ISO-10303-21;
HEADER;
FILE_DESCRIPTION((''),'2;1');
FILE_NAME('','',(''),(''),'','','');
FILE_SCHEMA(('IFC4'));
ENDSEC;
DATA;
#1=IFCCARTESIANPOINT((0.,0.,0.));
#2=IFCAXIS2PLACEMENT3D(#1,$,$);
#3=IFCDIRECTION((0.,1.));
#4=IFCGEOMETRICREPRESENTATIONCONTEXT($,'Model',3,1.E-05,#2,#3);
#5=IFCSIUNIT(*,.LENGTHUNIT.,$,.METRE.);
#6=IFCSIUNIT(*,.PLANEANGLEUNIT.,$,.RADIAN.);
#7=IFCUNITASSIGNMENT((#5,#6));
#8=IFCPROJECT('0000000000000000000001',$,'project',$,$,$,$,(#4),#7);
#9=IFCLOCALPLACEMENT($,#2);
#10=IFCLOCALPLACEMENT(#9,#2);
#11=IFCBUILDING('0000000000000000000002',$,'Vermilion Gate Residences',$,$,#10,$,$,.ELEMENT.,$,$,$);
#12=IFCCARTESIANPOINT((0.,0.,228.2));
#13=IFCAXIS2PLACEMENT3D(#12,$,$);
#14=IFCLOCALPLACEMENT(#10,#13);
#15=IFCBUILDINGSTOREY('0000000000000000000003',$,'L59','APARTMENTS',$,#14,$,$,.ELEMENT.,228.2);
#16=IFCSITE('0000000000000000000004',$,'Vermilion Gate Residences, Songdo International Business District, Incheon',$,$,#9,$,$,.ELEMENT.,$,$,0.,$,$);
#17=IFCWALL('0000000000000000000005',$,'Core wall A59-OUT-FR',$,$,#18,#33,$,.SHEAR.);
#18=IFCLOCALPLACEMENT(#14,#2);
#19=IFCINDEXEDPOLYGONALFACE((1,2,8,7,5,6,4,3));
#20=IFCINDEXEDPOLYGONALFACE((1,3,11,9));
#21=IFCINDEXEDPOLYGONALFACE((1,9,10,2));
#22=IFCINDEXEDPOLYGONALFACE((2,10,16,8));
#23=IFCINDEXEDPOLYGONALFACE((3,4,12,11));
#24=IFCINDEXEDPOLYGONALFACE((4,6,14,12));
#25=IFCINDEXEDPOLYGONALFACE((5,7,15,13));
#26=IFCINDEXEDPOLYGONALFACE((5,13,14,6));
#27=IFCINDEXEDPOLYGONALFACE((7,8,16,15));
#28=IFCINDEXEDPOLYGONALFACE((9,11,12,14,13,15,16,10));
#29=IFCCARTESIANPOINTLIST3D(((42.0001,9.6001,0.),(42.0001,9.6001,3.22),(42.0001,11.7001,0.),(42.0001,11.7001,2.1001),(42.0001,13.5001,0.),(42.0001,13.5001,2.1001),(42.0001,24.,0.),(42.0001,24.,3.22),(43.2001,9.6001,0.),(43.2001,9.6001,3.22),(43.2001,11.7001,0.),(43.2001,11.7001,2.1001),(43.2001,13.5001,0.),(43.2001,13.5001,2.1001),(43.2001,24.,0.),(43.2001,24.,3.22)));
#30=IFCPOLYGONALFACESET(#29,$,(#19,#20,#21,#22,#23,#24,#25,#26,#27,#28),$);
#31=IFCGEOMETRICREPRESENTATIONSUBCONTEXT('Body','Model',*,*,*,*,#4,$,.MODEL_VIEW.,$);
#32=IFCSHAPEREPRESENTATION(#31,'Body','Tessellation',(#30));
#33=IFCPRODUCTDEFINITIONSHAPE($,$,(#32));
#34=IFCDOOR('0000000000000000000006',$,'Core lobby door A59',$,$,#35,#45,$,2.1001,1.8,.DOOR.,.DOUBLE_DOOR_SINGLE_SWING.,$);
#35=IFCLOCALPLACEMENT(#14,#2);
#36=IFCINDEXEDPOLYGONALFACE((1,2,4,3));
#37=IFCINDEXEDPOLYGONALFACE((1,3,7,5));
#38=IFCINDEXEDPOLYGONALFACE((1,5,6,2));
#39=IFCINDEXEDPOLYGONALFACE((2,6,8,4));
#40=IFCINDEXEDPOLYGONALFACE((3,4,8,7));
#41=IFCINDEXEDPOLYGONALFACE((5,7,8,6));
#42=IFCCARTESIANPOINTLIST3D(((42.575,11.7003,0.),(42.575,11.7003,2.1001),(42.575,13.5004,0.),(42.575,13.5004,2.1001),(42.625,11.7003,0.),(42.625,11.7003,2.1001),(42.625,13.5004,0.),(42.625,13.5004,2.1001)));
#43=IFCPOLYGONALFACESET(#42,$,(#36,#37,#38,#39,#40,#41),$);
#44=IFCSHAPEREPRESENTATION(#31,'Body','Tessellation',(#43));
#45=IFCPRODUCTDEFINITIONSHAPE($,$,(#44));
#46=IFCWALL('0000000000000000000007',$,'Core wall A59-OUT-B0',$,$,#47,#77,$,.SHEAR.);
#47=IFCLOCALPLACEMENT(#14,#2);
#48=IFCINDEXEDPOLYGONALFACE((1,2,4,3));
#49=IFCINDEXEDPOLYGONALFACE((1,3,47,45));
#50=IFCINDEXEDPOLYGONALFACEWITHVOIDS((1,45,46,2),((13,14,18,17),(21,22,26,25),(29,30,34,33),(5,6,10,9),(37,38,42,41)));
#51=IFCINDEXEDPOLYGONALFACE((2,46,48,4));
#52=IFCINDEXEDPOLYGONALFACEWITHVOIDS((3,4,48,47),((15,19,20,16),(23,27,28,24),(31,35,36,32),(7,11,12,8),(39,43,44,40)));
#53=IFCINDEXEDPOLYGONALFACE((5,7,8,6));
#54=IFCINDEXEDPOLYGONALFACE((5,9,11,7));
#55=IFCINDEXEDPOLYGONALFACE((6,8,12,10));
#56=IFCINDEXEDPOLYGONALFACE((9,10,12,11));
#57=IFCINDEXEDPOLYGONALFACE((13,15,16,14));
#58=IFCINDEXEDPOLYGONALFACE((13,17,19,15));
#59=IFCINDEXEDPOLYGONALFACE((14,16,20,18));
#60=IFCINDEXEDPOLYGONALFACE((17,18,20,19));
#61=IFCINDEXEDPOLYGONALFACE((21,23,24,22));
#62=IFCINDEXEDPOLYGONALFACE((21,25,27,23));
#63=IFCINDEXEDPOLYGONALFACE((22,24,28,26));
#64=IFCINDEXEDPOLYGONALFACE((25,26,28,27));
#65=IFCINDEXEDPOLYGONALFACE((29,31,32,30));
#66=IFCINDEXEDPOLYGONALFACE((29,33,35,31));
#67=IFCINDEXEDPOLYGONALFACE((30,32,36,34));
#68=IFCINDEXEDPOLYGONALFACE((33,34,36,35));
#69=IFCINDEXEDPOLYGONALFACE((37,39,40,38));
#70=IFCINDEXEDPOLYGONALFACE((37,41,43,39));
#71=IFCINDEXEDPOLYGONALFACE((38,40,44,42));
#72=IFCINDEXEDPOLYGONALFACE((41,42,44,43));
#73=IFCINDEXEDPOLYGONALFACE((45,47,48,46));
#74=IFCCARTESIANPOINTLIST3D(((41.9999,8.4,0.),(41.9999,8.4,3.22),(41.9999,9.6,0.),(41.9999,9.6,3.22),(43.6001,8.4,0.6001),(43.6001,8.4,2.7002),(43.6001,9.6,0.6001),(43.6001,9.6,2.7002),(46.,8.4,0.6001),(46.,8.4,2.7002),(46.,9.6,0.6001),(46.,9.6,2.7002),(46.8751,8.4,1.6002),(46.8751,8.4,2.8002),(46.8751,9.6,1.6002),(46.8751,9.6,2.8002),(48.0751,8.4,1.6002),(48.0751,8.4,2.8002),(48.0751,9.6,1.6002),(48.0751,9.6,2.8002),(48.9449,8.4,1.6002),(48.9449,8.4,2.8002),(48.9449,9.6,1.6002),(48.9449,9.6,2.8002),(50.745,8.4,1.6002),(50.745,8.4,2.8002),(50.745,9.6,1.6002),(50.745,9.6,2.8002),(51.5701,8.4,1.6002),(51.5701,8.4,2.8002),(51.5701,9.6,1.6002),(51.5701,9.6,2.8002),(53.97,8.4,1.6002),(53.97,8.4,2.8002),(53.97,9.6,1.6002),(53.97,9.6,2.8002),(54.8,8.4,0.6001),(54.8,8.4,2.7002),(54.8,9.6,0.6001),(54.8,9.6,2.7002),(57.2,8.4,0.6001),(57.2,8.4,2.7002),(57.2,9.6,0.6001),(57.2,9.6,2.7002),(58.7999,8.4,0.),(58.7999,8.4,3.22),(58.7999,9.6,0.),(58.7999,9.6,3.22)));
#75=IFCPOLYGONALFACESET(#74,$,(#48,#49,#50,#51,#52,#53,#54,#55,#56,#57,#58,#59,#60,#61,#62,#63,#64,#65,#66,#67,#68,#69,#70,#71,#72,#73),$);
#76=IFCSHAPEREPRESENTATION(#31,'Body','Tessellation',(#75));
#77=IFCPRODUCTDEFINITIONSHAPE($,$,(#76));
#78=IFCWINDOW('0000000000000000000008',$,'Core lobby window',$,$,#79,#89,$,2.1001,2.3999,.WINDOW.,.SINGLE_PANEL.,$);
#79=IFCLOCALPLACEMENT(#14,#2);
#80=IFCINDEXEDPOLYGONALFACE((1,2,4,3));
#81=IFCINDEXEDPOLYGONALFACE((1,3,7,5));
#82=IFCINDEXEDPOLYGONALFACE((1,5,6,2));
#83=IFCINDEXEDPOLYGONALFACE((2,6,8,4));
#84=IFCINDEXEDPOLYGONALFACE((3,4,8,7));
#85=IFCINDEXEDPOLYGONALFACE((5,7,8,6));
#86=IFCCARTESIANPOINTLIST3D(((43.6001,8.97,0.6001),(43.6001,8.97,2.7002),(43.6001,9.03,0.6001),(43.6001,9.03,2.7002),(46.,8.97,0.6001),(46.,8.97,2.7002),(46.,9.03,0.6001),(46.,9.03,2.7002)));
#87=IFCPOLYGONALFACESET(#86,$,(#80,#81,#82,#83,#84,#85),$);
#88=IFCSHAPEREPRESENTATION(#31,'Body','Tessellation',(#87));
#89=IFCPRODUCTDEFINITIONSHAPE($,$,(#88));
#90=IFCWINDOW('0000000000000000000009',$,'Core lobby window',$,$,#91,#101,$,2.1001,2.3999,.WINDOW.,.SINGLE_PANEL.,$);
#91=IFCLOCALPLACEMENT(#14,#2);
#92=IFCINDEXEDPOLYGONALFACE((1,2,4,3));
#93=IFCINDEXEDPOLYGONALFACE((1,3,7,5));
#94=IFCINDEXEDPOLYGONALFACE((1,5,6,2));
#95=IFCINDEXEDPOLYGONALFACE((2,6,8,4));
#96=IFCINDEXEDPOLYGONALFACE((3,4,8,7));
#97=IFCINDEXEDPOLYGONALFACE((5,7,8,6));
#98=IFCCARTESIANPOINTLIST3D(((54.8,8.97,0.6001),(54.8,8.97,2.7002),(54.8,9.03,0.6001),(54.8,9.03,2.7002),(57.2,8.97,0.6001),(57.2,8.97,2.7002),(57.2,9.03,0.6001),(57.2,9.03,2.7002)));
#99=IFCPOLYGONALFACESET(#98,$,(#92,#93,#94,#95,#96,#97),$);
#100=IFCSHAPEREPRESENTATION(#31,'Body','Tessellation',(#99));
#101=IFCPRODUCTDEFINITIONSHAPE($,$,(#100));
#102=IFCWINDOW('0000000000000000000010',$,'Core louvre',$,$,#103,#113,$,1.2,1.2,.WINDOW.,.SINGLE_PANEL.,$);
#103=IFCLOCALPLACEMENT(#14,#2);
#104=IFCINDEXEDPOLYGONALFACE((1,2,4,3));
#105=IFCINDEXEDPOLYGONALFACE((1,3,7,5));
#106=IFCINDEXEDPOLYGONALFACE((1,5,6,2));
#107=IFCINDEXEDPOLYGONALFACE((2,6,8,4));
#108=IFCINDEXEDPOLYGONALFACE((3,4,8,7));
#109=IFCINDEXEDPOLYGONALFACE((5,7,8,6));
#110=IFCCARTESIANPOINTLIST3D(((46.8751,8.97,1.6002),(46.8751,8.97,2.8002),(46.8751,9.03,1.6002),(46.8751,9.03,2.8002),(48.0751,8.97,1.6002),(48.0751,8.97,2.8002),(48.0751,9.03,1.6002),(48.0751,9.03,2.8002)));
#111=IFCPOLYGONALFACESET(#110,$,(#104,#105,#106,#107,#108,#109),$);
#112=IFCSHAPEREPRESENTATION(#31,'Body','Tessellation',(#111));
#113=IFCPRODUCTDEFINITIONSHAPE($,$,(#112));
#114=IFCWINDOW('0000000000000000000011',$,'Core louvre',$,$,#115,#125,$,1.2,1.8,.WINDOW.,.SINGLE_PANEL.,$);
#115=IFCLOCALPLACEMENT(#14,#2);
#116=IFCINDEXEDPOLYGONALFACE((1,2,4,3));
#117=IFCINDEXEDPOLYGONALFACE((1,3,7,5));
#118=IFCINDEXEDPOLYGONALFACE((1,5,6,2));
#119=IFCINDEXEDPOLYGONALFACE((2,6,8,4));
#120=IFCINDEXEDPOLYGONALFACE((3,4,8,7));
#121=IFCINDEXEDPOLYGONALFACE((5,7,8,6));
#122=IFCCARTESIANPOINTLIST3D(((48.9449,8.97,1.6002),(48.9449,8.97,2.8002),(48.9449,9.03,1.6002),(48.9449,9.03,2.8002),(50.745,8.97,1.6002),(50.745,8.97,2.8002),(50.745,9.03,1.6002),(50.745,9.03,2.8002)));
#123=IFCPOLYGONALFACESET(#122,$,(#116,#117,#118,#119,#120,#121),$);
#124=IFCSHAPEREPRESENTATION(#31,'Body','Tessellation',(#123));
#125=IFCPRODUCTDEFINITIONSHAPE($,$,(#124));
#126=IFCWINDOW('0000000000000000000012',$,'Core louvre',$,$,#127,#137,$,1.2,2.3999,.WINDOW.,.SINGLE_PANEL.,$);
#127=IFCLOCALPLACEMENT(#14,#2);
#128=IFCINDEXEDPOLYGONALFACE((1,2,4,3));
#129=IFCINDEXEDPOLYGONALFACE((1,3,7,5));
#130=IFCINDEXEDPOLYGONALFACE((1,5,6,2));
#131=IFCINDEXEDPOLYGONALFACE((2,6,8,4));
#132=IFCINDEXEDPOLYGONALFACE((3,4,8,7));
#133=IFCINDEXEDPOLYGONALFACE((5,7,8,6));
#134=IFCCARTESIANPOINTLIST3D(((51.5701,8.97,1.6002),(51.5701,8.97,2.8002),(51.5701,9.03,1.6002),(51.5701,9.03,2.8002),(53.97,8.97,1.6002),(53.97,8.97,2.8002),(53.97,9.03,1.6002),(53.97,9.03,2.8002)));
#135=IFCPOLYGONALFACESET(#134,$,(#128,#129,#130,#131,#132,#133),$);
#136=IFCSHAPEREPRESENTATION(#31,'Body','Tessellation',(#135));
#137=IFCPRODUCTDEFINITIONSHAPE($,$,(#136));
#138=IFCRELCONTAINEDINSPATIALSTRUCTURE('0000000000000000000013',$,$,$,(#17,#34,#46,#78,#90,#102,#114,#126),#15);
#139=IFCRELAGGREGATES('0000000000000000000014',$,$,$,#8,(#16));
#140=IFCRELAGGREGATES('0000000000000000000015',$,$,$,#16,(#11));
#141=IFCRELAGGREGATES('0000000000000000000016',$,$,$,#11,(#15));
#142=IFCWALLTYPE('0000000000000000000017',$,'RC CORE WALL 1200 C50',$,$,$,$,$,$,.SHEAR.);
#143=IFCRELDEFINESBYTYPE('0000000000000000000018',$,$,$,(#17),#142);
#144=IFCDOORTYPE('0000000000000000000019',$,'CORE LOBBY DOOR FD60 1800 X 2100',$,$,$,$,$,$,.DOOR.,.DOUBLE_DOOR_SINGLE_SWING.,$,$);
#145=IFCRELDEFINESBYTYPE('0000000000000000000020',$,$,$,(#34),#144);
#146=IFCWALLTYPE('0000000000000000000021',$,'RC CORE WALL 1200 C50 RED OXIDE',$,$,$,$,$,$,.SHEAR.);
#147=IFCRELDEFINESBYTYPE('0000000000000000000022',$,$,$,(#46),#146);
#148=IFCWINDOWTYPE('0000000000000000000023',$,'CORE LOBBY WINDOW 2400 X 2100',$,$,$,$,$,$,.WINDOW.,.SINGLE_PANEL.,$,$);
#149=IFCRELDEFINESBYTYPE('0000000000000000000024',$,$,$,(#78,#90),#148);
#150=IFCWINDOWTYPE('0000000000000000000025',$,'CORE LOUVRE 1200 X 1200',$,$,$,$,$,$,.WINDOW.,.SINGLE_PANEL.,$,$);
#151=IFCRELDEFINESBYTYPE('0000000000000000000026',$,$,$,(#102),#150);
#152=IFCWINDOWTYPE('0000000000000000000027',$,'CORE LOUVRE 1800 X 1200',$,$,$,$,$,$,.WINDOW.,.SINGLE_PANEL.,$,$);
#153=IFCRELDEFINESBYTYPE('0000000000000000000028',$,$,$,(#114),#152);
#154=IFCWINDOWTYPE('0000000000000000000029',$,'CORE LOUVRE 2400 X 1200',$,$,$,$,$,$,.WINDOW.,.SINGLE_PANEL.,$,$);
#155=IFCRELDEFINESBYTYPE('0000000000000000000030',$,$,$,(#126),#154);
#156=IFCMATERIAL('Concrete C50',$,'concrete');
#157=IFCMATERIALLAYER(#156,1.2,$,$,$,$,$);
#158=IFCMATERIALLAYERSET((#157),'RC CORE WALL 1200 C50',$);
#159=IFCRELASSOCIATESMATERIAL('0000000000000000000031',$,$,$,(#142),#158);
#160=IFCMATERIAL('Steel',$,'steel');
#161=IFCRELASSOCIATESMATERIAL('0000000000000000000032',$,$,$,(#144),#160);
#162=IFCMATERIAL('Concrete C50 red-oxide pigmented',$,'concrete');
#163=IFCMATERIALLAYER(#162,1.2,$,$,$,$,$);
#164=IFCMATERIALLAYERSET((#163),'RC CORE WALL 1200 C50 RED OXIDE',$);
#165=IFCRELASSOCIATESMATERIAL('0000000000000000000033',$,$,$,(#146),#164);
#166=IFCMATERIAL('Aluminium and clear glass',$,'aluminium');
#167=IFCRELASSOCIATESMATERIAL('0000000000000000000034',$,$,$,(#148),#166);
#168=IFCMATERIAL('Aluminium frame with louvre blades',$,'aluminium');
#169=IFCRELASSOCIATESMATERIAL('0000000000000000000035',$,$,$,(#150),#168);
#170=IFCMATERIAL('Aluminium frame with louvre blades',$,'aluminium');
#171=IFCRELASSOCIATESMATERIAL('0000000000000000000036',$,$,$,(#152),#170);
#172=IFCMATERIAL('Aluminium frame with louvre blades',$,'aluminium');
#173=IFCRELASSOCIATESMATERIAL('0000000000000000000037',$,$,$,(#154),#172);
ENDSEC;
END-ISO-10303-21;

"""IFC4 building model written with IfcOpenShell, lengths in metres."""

from ifc_helpers import new_model, si_unit, direction, frame, frame_2d, origin, place, context, subcontext, project, spatial, rectangle, extrude, material, layer, layer_set, type_object, element, fill, save


model = new_model("IFC4")

# Units and contexts
model_context = context("Model", 3, precision=1e-05, world=origin(), true_north=direction((0.0, 1.0)))
body_context = subcontext(model_context, "Body", "Model", "MODEL_VIEW")
ifc_project = project(units=[si_unit("LENGTHUNIT", "METRE"), si_unit("PLANEANGLEUNIT", "RADIAN")], contexts=[model_context])

# Site, building, storey
site_placement = place(None, origin())
site = spatial("IfcSite", under=ifc_project, at=site_placement, Name="Vermilion Gate Residences, Songdo International Business District, Incheon", CompositionType="ELEMENT", RefElevation=0.0)
building_placement = place(site_placement, origin())
building = spatial("IfcBuilding", under=site, at=building_placement, Name="Vermilion Gate Residences", CompositionType="ELEMENT")
storey_placement = place(building_placement, frame((0.0, 0.0, 228.2)))
storey = spatial("IfcBuildingStorey", under=building, at=storey_placement, Name="L59", Description="APARTMENTS", CompositionType="ELEMENT", Elevation=228.2)

# Wall, opening, door
ifc_material_1 = material(Name="Concrete C50", Category="concrete")
ifc_layer_1 = layer(ifc_material_1, 1.2)
ifc_layer_set_1 = layer_set([ifc_layer_1], Name="RC CORE WALL 1200 C50")
wall_type_1 = type_object("IfcWallType", Name="RC CORE WALL 1200 C50", PredefinedType="SHEAR", material=ifc_layer_set_1)
wall_1_placement = place(storey_placement, frame((42.6001, 9.6001, 0.0), z_axis=(0.0, 0.0, 1.0), x_axis=(0.0, 1.0, 0.0)))
wall_1 = element("IfcWall", 1, at=wall_1_placement, inside=storey, type_object=wall_type_1, Name="Core wall A59-OUT-FR", PredefinedType="SHEAR", context=body_context, shape_type="SweptSolid", body=[
    extrude(rectangle(XDim=14.3999, YDim=1.2, at=frame_2d((7.2, 0.0))), origin(), (0.0, 0.0, 1.0), 3.22),
])
opening_1_placement = place(wall_1_placement, frame((2.1001, 0.0, 0.0)))
opening_1 = element("IfcOpeningElement", 2, at=opening_1_placement, cuts=wall_1, PredefinedType="OPENING", context=body_context, shape_type="SweptSolid", body=[
    extrude(rectangle(XDim=1.8, YDim=2.1001, at=frame_2d((0.8999, 1.05))), frame((0.0, 0.6099, 0.0), z_axis=(0.0, -1.0, 0.0), x_axis=(1.0, 0.0, 0.0)), (0.0, 0.0, 1.0), 1.22),
])
ifc_material_2 = material(Name="Steel", Category="steel")
door_type_1 = type_object("IfcDoorType", Name="CORE LOBBY DOOR FD60 1800 X 2100", OperationType="DOUBLE_DOOR_SINGLE_SWING", PredefinedType="DOOR", material=ifc_material_2)
door_1_placement = place(opening_1_placement, frame((1.8, 0.0, 0.0), z_axis=(0.0, 0.0, 1.0), x_axis=(-1.0, 0.0, 0.0)))
door_1 = element("IfcDoor", 3, at=door_1_placement, inside=storey, type_object=door_type_1, Name="Core lobby door A59", OperationType="DOUBLE_DOOR_SINGLE_SWING", OverallHeight=2.1001, OverallWidth=1.8, PredefinedType="DOOR", context=body_context, shape_type="SweptSolid", body=[
    extrude(rectangle(XDim=1.8, YDim=2.1001, at=frame_2d((0.8999, 1.05))), frame((0.0, 0.0249, 0.0), z_axis=(0.0, -1.0, 0.0), x_axis=(1.0, 0.0, 0.0)), (0.0, 0.0, 1.0), 0.05),
])
fill(opening_1, door_1)

# Wall, openings, windows
ifc_material_3 = material(Name="Concrete C50 red-oxide pigmented", Category="concrete")
ifc_layer_2 = layer(ifc_material_3, 1.2)
ifc_layer_set_2 = layer_set([ifc_layer_2], Name="RC CORE WALL 1200 C50 RED OXIDE")
wall_type_2 = type_object("IfcWallType", Name="RC CORE WALL 1200 C50 RED OXIDE", PredefinedType="SHEAR", material=ifc_layer_set_2)
wall_2_placement = place(storey_placement, frame((42.0, 9.0, 0.0), z_axis=(0.0, 0.0, 1.0), x_axis=(1.0, 0.0, 0.0)))
wall_2 = element("IfcWall", 4, at=wall_2_placement, inside=storey, type_object=wall_type_2, Name="Core wall A59-OUT-B0", PredefinedType="SHEAR", context=body_context, shape_type="SweptSolid", body=[
    extrude(rectangle(XDim=16.8, YDim=1.2, at=frame_2d((8.3999, 0.0))), origin(), (0.0, 0.0, 1.0), 3.22),
])
opening_2_placement = place(wall_2_placement, frame((1.6001, 0.0, 0.6001)))
opening_2 = element("IfcOpeningElement", 5, at=opening_2_placement, cuts=wall_2, PredefinedType="OPENING", context=body_context, shape_type="SweptSolid", body=[
    extrude(rectangle(XDim=2.3999, YDim=2.1001, at=frame_2d((1.2, 1.05))), frame((0.0, 0.6099, 0.0), z_axis=(0.0, -1.0, 0.0), x_axis=(1.0, 0.0, 0.0)), (0.0, 0.0, 1.0), 1.22),
])
opening_3_placement = place(wall_2_placement, frame((4.875, 0.0, 1.6001)))
opening_3 = element("IfcOpeningElement", 6, at=opening_3_placement, cuts=wall_2, PredefinedType="OPENING", context=body_context, shape_type="SweptSolid", body=[
    extrude(rectangle(XDim=1.2, YDim=1.2, at=frame_2d((0.6001, 0.6001))), frame((0.0, 0.6099, 0.0), z_axis=(0.0, -1.0, 0.0), x_axis=(1.0, 0.0, 0.0)), (0.0, 0.0, 1.0), 1.22),
])
opening_4_placement = place(wall_2_placement, frame((6.9451, 0.0, 1.6001)))
opening_4 = element("IfcOpeningElement", 7, at=opening_4_placement, cuts=wall_2, PredefinedType="OPENING", context=body_context, shape_type="SweptSolid", body=[
    extrude(rectangle(XDim=1.8, YDim=1.2, at=frame_2d((0.8999, 0.6001))), frame((0.0, 0.6099, 0.0), z_axis=(0.0, -1.0, 0.0), x_axis=(1.0, 0.0, 0.0)), (0.0, 0.0, 1.0), 1.22),
])
opening_5_placement = place(wall_2_placement, frame((9.5701, 0.0, 1.6001)))
opening_5 = element("IfcOpeningElement", 8, at=opening_5_placement, cuts=wall_2, PredefinedType="OPENING", context=body_context, shape_type="SweptSolid", body=[
    extrude(rectangle(XDim=2.3999, YDim=1.2, at=frame_2d((1.2, 0.6001))), frame((0.0, 0.6099, 0.0), z_axis=(0.0, -1.0, 0.0), x_axis=(1.0, 0.0, 0.0)), (0.0, 0.0, 1.0), 1.22),
])
opening_6_placement = place(wall_2_placement, frame((12.8, 0.0, 0.6001)))
opening_6 = element("IfcOpeningElement", 9, at=opening_6_placement, cuts=wall_2, PredefinedType="OPENING", context=body_context, shape_type="SweptSolid", body=[
    extrude(rectangle(XDim=2.3999, YDim=2.1001, at=frame_2d((1.2, 1.05))), frame((0.0, 0.6099, 0.0), z_axis=(0.0, -1.0, 0.0), x_axis=(1.0, 0.0, 0.0)), (0.0, 0.0, 1.0), 1.22),
])
ifc_material_4 = material(Name="Aluminium and clear glass", Category="aluminium")
window_type_1 = type_object("IfcWindowType", Name="CORE LOBBY WINDOW 2400 X 2100", PartitioningType="SINGLE_PANEL", PredefinedType="WINDOW", material=ifc_material_4)
window_1_placement = place(opening_2_placement, origin())
window_1 = element("IfcWindow", 10, at=window_1_placement, inside=storey, type_object=window_type_1, Name="Core lobby window", OverallHeight=2.1001, OverallWidth=2.3999, PartitioningType="SINGLE_PANEL", PredefinedType="WINDOW", context=body_context, shape_type="SweptSolid", body=[
    extrude(rectangle(XDim=2.3999, YDim=2.1001, at=frame_2d((1.2, 1.05))), frame((0.0, 0.03, 0.0), z_axis=(0.0, -1.0, 0.0), x_axis=(1.0, 0.0, 0.0)), (0.0, 0.0, 1.0), 0.0601),
])
fill(opening_2, window_1)
window_2_placement = place(opening_6_placement, origin())
window_2 = element("IfcWindow", 11, at=window_2_placement, inside=storey, type_object=window_type_1, Name="Core lobby window", OverallHeight=2.1001, OverallWidth=2.3999, PartitioningType="SINGLE_PANEL", PredefinedType="WINDOW", context=body_context, shape_type="SweptSolid", body=[
    extrude(rectangle(XDim=2.3999, YDim=2.1001, at=frame_2d((1.2, 1.05))), frame((0.0, 0.03, 0.0), z_axis=(0.0, -1.0, 0.0), x_axis=(1.0, 0.0, 0.0)), (0.0, 0.0, 1.0), 0.0601),
])
fill(opening_6, window_2)
ifc_material_5 = material(Name="Aluminium frame with louvre blades", Category="aluminium")
window_type_2 = type_object("IfcWindowType", Name="CORE LOUVRE 1200 X 1200", PartitioningType="SINGLE_PANEL", PredefinedType="WINDOW", material=ifc_material_5)
window_3_placement = place(opening_3_placement, origin())
window_3 = element("IfcWindow", 12, at=window_3_placement, inside=storey, type_object=window_type_2, Name="Core louvre", OverallHeight=1.2, OverallWidth=1.2, PartitioningType="SINGLE_PANEL", PredefinedType="WINDOW", context=body_context, shape_type="SweptSolid", body=[
    extrude(rectangle(XDim=1.2, YDim=1.2, at=frame_2d((0.6001, 0.6001))), frame((0.0, 0.03, 0.0), z_axis=(0.0, -1.0, 0.0), x_axis=(1.0, 0.0, 0.0)), (0.0, 0.0, 1.0), 0.0601),
])
fill(opening_3, window_3)
ifc_material_6 = material(Name="Aluminium frame with louvre blades", Category="aluminium")
window_type_3 = type_object("IfcWindowType", Name="CORE LOUVRE 1800 X 1200", PartitioningType="SINGLE_PANEL", PredefinedType="WINDOW", material=ifc_material_6)
window_4_placement = place(opening_4_placement, origin())
window_4 = element("IfcWindow", 13, at=window_4_placement, inside=storey, type_object=window_type_3, Name="Core louvre", OverallHeight=1.2, OverallWidth=1.8, PartitioningType="SINGLE_PANEL", PredefinedType="WINDOW", context=body_context, shape_type="SweptSolid", body=[
    extrude(rectangle(XDim=1.8, YDim=1.2, at=frame_2d((0.8999, 0.6001))), frame((0.0, 0.03, 0.0), z_axis=(0.0, -1.0, 0.0), x_axis=(1.0, 0.0, 0.0)), (0.0, 0.0, 1.0), 0.0601),
])
fill(opening_4, window_4)
ifc_material_7 = material(Name="Aluminium frame with louvre blades", Category="aluminium")
window_type_4 = type_object("IfcWindowType", Name="CORE LOUVRE 2400 X 1200", PartitioningType="SINGLE_PANEL", PredefinedType="WINDOW", material=ifc_material_7)
window_5_placement = place(opening_5_placement, origin())
window_5 = element("IfcWindow", 14, at=window_5_placement, inside=storey, type_object=window_type_4, Name="Core louvre", OverallHeight=1.2, OverallWidth=2.3999, PartitioningType="SINGLE_PANEL", PredefinedType="WINDOW", context=body_context, shape_type="SweptSolid", body=[
    extrude(rectangle(XDim=2.3999, YDim=1.2, at=frame_2d((1.2, 0.6001))), frame((0.0, 0.03, 0.0), z_axis=(0.0, -1.0, 0.0), x_axis=(1.0, 0.0, 0.0)), (0.0, 0.0, 1.0), 0.0601),
])
fill(opening_5, window_5)

save(model, "model.ifc")
